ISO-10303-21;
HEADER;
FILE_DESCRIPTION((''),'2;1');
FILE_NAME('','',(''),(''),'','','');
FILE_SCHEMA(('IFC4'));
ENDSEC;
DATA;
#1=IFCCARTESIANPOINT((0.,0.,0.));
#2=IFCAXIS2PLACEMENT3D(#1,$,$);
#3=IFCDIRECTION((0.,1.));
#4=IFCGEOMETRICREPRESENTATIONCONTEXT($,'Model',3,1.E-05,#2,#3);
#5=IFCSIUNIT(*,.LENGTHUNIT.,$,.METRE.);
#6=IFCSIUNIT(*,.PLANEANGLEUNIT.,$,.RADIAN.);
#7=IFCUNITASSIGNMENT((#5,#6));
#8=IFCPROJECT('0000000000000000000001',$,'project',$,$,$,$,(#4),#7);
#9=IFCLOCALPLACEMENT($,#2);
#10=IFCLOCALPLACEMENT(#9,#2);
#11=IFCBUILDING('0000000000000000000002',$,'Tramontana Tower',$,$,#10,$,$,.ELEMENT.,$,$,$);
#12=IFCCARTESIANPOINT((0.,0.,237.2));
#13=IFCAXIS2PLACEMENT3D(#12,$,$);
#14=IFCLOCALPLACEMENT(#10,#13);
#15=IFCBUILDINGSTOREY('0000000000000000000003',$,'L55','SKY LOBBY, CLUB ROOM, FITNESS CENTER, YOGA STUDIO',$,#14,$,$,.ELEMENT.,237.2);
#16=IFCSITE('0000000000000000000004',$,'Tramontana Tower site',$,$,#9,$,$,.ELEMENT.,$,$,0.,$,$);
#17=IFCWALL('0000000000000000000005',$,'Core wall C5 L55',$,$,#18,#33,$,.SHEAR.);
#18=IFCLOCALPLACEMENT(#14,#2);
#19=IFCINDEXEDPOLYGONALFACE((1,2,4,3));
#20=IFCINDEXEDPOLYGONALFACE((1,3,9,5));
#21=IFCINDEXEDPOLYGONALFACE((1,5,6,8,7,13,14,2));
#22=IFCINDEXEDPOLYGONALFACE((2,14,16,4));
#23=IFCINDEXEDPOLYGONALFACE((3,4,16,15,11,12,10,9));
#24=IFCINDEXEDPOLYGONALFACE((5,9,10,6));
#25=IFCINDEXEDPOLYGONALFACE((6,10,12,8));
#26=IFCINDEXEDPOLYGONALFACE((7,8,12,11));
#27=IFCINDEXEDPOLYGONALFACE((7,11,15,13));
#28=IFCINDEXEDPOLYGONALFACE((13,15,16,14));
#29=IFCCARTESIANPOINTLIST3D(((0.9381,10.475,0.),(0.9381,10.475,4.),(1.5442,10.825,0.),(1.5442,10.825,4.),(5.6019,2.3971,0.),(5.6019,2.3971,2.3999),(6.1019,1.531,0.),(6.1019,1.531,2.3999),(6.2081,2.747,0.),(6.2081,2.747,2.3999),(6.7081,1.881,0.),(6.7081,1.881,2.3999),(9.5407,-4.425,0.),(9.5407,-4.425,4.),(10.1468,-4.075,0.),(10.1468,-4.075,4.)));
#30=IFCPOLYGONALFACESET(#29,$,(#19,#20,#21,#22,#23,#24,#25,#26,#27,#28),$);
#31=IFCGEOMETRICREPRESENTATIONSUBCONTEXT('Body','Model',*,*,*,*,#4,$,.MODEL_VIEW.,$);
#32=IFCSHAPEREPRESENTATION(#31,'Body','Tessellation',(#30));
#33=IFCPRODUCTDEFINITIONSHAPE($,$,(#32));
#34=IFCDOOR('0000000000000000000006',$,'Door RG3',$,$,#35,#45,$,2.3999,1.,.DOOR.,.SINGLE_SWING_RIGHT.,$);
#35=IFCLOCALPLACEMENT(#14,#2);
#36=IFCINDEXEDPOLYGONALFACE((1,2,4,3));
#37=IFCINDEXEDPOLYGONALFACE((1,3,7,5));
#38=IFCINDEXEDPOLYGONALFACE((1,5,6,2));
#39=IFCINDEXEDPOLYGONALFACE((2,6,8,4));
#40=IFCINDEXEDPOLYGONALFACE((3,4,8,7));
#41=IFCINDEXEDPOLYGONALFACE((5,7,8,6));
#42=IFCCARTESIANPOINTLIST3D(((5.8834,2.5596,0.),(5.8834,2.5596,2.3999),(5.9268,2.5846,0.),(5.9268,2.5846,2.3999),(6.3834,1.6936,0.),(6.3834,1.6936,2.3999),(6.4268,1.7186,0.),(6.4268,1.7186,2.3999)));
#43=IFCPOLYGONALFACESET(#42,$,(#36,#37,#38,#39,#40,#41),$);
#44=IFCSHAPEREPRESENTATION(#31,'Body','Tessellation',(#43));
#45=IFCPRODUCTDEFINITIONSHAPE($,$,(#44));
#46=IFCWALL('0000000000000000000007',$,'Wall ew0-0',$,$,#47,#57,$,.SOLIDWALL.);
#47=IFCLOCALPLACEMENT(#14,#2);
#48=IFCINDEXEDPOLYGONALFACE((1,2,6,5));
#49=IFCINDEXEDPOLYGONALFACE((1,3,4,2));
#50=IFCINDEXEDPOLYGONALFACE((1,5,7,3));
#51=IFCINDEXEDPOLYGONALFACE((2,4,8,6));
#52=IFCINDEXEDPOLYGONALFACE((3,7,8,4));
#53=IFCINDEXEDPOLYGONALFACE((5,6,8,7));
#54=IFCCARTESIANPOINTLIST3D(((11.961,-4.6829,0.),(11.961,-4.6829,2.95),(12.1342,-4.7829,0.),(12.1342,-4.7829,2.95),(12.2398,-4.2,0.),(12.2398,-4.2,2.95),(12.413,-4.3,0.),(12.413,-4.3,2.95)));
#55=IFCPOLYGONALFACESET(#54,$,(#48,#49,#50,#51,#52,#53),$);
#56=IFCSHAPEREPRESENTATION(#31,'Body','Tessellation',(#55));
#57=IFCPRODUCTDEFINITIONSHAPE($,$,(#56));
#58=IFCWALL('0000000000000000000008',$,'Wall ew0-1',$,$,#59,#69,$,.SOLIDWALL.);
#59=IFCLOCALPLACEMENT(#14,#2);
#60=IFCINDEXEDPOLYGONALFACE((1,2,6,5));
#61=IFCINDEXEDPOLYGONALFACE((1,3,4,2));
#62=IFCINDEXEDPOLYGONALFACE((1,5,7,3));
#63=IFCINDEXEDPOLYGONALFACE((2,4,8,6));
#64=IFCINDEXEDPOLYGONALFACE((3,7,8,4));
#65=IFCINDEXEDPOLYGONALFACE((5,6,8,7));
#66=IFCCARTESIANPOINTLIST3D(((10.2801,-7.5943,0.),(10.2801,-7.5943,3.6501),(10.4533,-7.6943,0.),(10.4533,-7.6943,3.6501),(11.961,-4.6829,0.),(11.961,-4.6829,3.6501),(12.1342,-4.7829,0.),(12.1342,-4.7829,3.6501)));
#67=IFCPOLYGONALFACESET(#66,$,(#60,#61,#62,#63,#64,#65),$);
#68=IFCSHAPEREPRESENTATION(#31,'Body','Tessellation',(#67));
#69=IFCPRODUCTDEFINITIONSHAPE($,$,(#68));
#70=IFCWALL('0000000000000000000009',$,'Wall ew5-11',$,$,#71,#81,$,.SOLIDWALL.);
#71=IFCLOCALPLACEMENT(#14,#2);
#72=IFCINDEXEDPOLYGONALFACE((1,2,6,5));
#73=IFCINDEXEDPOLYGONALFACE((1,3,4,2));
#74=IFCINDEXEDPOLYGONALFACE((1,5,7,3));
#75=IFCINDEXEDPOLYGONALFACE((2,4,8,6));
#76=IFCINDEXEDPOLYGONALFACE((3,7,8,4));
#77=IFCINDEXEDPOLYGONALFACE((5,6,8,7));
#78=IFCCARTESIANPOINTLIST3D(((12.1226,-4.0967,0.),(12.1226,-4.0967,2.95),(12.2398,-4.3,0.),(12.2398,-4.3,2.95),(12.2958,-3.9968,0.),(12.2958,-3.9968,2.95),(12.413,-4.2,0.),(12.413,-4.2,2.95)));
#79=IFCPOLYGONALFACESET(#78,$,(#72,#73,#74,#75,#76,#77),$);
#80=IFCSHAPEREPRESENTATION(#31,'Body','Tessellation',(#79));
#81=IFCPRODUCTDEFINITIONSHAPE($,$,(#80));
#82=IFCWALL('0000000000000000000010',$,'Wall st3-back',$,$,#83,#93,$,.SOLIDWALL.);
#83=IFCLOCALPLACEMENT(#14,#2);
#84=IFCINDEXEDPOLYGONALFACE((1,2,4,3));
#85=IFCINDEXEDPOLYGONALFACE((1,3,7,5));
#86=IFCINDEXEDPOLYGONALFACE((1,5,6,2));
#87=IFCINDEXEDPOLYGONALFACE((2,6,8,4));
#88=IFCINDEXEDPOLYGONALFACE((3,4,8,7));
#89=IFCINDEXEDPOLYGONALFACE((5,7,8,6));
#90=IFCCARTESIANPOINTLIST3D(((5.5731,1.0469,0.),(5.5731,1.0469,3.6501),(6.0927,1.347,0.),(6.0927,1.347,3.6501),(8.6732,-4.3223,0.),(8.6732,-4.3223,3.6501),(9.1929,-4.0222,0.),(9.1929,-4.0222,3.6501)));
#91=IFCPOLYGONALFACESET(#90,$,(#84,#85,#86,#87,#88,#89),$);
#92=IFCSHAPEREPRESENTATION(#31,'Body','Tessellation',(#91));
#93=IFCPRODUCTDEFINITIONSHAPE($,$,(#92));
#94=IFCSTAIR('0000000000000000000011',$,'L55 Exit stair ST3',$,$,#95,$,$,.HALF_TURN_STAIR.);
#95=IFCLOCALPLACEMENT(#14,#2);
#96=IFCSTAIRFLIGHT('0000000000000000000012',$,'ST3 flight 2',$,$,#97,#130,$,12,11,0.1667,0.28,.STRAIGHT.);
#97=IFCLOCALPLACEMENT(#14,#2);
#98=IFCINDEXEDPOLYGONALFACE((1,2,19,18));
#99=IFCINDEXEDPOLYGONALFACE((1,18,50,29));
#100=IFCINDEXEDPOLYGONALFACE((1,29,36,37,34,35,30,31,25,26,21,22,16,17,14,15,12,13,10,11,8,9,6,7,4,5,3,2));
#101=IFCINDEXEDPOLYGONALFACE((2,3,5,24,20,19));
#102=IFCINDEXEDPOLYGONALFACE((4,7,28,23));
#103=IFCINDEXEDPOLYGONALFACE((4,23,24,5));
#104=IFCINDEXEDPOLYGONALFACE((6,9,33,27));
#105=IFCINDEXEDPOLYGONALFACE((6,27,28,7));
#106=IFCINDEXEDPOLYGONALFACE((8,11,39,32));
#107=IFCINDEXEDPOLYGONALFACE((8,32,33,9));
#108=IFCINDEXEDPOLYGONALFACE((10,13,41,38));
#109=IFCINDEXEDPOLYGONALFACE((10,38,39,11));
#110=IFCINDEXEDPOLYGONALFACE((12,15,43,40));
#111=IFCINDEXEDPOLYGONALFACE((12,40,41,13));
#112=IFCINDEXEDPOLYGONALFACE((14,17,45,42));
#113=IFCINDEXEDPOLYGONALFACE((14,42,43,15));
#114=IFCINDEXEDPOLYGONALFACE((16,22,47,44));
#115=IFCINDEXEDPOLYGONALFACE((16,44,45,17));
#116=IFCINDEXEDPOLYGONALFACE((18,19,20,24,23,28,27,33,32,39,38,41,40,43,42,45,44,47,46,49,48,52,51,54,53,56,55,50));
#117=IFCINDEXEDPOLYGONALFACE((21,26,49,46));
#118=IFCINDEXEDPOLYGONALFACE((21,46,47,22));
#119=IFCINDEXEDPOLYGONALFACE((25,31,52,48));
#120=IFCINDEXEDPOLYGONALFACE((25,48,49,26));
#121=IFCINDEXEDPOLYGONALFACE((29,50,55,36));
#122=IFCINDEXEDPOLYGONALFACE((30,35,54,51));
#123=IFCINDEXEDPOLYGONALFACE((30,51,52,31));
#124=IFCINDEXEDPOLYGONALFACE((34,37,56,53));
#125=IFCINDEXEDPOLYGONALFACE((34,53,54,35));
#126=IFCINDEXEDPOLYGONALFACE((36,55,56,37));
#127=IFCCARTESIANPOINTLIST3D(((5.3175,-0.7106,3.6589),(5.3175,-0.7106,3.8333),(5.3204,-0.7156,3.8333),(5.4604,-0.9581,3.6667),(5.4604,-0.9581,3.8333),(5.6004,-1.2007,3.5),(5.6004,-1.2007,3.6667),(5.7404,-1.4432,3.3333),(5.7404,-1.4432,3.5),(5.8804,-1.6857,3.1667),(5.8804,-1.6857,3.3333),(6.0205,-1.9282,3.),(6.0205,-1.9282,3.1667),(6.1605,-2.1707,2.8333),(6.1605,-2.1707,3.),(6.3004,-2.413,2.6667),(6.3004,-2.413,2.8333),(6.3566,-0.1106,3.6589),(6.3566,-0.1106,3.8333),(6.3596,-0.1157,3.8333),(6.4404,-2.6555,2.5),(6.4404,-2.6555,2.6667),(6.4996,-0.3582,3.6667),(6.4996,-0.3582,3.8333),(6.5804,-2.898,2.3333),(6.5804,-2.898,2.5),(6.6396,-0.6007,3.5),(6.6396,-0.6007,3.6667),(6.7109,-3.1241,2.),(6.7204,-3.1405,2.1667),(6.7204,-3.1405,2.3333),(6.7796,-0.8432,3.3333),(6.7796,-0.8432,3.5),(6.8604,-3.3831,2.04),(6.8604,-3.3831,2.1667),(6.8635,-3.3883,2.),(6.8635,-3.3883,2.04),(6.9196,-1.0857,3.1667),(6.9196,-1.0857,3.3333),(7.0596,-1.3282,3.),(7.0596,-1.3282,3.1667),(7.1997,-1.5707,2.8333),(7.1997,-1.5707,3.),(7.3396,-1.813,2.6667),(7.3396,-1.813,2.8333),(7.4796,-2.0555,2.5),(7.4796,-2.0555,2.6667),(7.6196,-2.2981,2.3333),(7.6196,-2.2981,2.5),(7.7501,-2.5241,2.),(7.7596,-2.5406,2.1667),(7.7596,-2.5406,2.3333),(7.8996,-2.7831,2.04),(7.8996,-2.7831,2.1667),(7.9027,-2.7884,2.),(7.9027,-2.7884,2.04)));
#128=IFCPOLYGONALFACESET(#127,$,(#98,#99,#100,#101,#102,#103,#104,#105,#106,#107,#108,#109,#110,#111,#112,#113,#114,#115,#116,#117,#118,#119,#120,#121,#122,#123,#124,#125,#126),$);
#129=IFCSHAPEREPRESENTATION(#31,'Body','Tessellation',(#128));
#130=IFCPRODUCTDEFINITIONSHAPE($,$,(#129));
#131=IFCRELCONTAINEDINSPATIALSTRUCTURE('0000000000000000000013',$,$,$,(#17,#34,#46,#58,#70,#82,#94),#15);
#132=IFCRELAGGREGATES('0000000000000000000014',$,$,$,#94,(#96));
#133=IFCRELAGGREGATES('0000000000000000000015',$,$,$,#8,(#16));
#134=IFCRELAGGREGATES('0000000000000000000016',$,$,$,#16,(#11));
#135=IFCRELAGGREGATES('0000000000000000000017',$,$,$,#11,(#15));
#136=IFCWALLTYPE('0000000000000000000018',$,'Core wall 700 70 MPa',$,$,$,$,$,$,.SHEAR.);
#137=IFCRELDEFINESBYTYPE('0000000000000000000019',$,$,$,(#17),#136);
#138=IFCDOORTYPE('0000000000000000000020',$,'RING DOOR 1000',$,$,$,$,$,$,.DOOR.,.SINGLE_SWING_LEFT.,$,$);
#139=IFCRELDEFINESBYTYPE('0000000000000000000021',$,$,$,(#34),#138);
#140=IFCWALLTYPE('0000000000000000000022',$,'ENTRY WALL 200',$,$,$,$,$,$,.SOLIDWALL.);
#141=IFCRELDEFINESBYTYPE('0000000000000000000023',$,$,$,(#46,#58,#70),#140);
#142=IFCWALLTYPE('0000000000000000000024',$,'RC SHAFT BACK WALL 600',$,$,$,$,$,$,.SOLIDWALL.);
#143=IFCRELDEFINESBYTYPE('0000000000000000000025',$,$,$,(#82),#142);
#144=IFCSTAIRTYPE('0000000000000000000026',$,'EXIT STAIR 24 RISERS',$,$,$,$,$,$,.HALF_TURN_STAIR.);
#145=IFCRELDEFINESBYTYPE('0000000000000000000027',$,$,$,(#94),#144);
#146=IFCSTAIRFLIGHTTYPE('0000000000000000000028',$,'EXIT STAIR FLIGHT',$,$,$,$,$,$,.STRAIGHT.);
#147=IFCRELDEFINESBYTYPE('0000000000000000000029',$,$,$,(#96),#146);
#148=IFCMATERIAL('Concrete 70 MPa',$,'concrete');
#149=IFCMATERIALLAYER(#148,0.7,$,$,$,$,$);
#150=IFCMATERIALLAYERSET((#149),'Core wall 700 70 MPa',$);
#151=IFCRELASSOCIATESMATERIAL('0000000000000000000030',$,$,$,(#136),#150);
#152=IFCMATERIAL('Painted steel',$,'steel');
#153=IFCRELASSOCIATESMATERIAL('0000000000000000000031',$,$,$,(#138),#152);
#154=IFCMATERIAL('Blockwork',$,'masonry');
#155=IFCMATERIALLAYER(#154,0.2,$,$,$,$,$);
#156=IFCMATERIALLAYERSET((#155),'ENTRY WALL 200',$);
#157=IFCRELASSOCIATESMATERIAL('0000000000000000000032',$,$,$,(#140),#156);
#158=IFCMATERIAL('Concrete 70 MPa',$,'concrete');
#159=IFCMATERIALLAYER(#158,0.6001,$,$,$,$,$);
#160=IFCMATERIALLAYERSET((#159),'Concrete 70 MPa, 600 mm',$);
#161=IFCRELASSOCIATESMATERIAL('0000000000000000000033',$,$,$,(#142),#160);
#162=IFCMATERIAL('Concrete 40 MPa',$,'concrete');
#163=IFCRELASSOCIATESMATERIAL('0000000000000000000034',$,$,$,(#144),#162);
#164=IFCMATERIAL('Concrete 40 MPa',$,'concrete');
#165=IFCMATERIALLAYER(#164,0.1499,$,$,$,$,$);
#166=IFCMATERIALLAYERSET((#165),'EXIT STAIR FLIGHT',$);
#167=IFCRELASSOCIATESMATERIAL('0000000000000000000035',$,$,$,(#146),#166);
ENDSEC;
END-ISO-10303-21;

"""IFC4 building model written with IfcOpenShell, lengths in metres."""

from ifc_helpers import new_model, si_unit, direction, frame, frame_2d, origin, place, context, subcontext, project, spatial, polyline, rectangle, outline, extrude, material, layer, layer_set, type_object, element, fill, aggregate, save


model = new_model("IFC4")

# Units and contexts
model_context = context("Model", 3, precision=1e-05, world=origin(), true_north=direction((0.0, 1.0)))
body_context = subcontext(model_context, "Body", "Model", "MODEL_VIEW")
ifc_project = project(units=[si_unit("LENGTHUNIT", "METRE"), si_unit("PLANEANGLEUNIT", "RADIAN")], contexts=[model_context])

# Site, building, storey
site_placement = place(None, origin())
site = spatial("IfcSite", under=ifc_project, at=site_placement, Name="Tramontana Tower site", CompositionType="ELEMENT", RefElevation=0.0)
building_placement = place(site_placement, origin())
building = spatial("IfcBuilding", under=site, at=building_placement, Name="Tramontana Tower", CompositionType="ELEMENT")
storey_placement = place(building_placement, frame((0.0, 0.0, 237.2)))
storey = spatial("IfcBuildingStorey", under=building, at=storey_placement, Name="L55", Description="SKY LOBBY, CLUB ROOM, FITNESS CENTER, YOGA STUDIO", CompositionType="ELEMENT", Elevation=237.2)

# Shared definitions
ifc_material_1 = material(Name="Concrete 70 MPa", Category="concrete")
ifc_layer_1 = layer(ifc_material_1, 0.7)
ifc_layer_set_1 = layer_set([ifc_layer_1], Name="Core wall 700 70 MPa")
wall_type_1 = type_object("IfcWallType", Name="Core wall 700 70 MPa", PredefinedType="SHEAR", material=ifc_layer_set_1)

# Wall, opening, door
wall_1_placement = place(storey_placement, frame((9.8438, -4.25, 0.0), z_axis=(0.0, 0.0, 1.0), x_axis=(-0.500003, 0.866023, 0.0)))
wall_1 = element("IfcWall", 1, at=wall_1_placement, inside=storey, type_object=wall_type_1, Name="Core wall C5 L55", PredefinedType="SHEAR", context=body_context, shape_type="SweptSolid", body=[
    extrude(rectangle(XDim=17.2051, YDim=0.7, at=frame_2d((8.6025, 0.0))), origin(), (0.0, 0.0, 1.0), 4.0),
])
opening_placement = place(wall_1_placement, frame((6.8774, 0.0, 0.0)))
opening = element("IfcOpeningElement", 2, at=opening_placement, cuts=wall_1, PredefinedType="OPENING", context=body_context, shape_type="SweptSolid", body=[
    extrude(rectangle(XDim=1.0, YDim=2.3999, at=frame_2d((0.5, 1.2))), frame((0.0, 0.3599, 0.0), z_axis=(0.0, -1.0, 0.0), x_axis=(1.0, 0.0, 0.0)), (0.0, 0.0, 1.0), 0.72),
])
ifc_material_2 = material(Name="Painted steel", Category="steel")
door_type = type_object("IfcDoorType", Name="RING DOOR 1000", OperationType="SINGLE_SWING_LEFT", PredefinedType="DOOR", material=ifc_material_2)
door_placement = place(opening_placement, origin())
door = element("IfcDoor", 3, at=door_placement, inside=storey, type_object=door_type, Name="Door RG3", OperationType="SINGLE_SWING_RIGHT", OverallHeight=2.3999, OverallWidth=1.0, PredefinedType="DOOR", context=body_context, shape_type="SweptSolid", body=[
    extrude(rectangle(XDim=1.0, YDim=2.3999, at=frame_2d((0.5, 1.2))), frame((0.0, 0.0249, 0.0), z_axis=(0.0, -1.0, 0.0), x_axis=(1.0, 0.0, 0.0)), (0.0, 0.0, 1.0), 0.05),
])
fill(opening, door)

# Walls
ifc_material_3 = material(Name="Blockwork", Category="masonry")
ifc_layer_2 = layer(ifc_material_3, 0.2)
ifc_layer_set_2 = layer_set([ifc_layer_2], Name="ENTRY WALL 200")
wall_type_2 = type_object("IfcWallType", Name="ENTRY WALL 200", PredefinedType="SOLIDWALL", material=ifc_layer_set_2)
wall_2_placement = place(storey_placement, frame((12.3264, -4.25, 0.0), z_axis=(0.0, 0.0, 1.0), x_axis=(-0.5, -0.866025, 0.0)))
element("IfcWall", 4, at=wall_2_placement, inside=storey, type_object=wall_type_2, Name="Wall ew0-0", PredefinedType="SOLIDWALL", context=body_context, shape_type="SweptSolid", body=[
    extrude(rectangle(XDim=0.5576, YDim=0.2, at=frame_2d((0.2788, 0.0))), origin(), (0.0, 0.0, 1.0), 2.95),
])
wall_3_placement = place(storey_placement, frame((12.0476, -4.7329, 0.0), z_axis=(0.0, 0.0, 1.0), x_axis=(-0.500005, -0.866022, 0.0)))
element("IfcWall", 5, at=wall_3_placement, inside=storey, type_object=wall_type_2, Name="Wall ew0-1", PredefinedType="SOLIDWALL", context=body_context, shape_type="SweptSolid", body=[
    extrude(rectangle(XDim=3.3618, YDim=0.2, at=frame_2d((1.6809, 0.0))), origin(), (0.0, 0.0, 1.0), 3.6501),
])
wall_4_placement = place(storey_placement, frame((12.2092, -4.0469, 0.0), z_axis=(0.0, 0.0, 1.0), x_axis=(0.499722, -0.866186, 0.0)))
element("IfcWall", 6, at=wall_4_placement, inside=storey, type_object=wall_type_2, Name="Wall ew5-11", PredefinedType="SOLIDWALL", context=body_context, shape_type="SweptSolid", body=[
    extrude(rectangle(XDim=0.2346, YDim=0.2, at=frame_2d((0.1172, 0.0))), origin(), (0.0, 0.0, 1.0), 2.95),
])
ifc_material_4 = material(Name="Concrete 70 MPa", Category="concrete")
ifc_layer_3 = layer(ifc_material_4, 0.6001)
ifc_layer_set_3 = layer_set([ifc_layer_3], Name="Concrete 70 MPa, 600 mm")
wall_type_3 = type_object("IfcWallType", Name="RC SHAFT BACK WALL 600", PredefinedType="SOLIDWALL", material=ifc_layer_set_3)
wall_5_placement = place(storey_placement, frame((8.9331, -4.1724, 0.0), z_axis=(0.0, 0.0, 1.0), x_axis=(-0.500027, 0.86601, 0.0)))
element("IfcWall", 7, at=wall_5_placement, inside=storey, type_object=wall_type_3, Name="Wall st3-back", PredefinedType="SOLIDWALL", context=body_context, shape_type="SweptSolid", body=[
    extrude(rectangle(XDim=6.2, YDim=0.6001, at=frame_2d((3.1001, 0.0))), origin(), (0.0, 0.0, 1.0), 3.6501),
])

# Stair, stair flight
ifc_material_5 = material(Name="Concrete 40 MPa", Category="concrete")
stair_type = type_object("IfcStairType", Name="EXIT STAIR 24 RISERS", PredefinedType="HALF_TURN_STAIR", material=ifc_material_5)
stair_placement = place(storey_placement, origin())
stair = element("IfcStair", 8, at=stair_placement, inside=storey, type_object=stair_type, Name="L55 Exit stair ST3", PredefinedType="HALF_TURN_STAIR")
ifc_material_6 = material(Name="Concrete 40 MPa", Category="concrete")
ifc_layer_4 = layer(ifc_material_6, 0.1499)
ifc_layer_set_4 = layer_set([ifc_layer_4], Name="EXIT STAIR FLIGHT")
stair_flight_type = type_object("IfcStairFlightType", Name="EXIT STAIR FLIGHT", PredefinedType="STRAIGHT", material=ifc_layer_set_4)
stair_flight_placement = place(storey_placement, frame((7.3801, -3.083, 2.0), z_axis=(0.0, 0.0, 1.0), x_axis=(-0.5, 0.866025, 0.0)))
stair_flight = element("IfcStairFlight", 9, at=stair_flight_placement, type_object=stair_flight_type, Name="ST3 flight 2", NumberOfRisers=12, NumberOfTreads=11, PredefinedType="STRAIGHT", RiserHeight=0.1667, TreadLength=0.28, context=body_context, shape_type="SweptSolid", body=[
    extrude(outline(polyline([(-0.0061, 0.0), (-0.0061, 0.04), (0.0, 0.04), (0.0, 0.1667), (0.28, 0.1667), (0.28, 0.3333), (0.5601, 0.3333), (0.5601, 0.5), (0.8401, 0.5), (0.8401, 0.6667), (1.1201, 0.6667), (1.1201, 0.8333), (1.3999, 0.8333), (1.3999, 1.0), (1.6799, 1.0), (1.6799, 1.1667), (1.96, 1.1667), (1.96, 1.3333), (2.24, 1.3333), (2.24, 1.5), (2.52, 1.5), (2.52, 1.6667), (2.8, 1.6667), (2.8, 1.8333), (3.0801, 1.8333), (3.0859, 1.8333), (3.0859, 1.6589), (0.2991, 0.0), (-0.0061, 0.0)])), frame((0.0, 0.6001, 0.0), z_axis=(0.0, -1.0, 0.0), x_axis=(1.0, 0.0, 0.0)), (0.0, 0.0, 1.0), 1.2),
])
aggregate(stair, [stair_flight])

save(model, "model.ifc")
